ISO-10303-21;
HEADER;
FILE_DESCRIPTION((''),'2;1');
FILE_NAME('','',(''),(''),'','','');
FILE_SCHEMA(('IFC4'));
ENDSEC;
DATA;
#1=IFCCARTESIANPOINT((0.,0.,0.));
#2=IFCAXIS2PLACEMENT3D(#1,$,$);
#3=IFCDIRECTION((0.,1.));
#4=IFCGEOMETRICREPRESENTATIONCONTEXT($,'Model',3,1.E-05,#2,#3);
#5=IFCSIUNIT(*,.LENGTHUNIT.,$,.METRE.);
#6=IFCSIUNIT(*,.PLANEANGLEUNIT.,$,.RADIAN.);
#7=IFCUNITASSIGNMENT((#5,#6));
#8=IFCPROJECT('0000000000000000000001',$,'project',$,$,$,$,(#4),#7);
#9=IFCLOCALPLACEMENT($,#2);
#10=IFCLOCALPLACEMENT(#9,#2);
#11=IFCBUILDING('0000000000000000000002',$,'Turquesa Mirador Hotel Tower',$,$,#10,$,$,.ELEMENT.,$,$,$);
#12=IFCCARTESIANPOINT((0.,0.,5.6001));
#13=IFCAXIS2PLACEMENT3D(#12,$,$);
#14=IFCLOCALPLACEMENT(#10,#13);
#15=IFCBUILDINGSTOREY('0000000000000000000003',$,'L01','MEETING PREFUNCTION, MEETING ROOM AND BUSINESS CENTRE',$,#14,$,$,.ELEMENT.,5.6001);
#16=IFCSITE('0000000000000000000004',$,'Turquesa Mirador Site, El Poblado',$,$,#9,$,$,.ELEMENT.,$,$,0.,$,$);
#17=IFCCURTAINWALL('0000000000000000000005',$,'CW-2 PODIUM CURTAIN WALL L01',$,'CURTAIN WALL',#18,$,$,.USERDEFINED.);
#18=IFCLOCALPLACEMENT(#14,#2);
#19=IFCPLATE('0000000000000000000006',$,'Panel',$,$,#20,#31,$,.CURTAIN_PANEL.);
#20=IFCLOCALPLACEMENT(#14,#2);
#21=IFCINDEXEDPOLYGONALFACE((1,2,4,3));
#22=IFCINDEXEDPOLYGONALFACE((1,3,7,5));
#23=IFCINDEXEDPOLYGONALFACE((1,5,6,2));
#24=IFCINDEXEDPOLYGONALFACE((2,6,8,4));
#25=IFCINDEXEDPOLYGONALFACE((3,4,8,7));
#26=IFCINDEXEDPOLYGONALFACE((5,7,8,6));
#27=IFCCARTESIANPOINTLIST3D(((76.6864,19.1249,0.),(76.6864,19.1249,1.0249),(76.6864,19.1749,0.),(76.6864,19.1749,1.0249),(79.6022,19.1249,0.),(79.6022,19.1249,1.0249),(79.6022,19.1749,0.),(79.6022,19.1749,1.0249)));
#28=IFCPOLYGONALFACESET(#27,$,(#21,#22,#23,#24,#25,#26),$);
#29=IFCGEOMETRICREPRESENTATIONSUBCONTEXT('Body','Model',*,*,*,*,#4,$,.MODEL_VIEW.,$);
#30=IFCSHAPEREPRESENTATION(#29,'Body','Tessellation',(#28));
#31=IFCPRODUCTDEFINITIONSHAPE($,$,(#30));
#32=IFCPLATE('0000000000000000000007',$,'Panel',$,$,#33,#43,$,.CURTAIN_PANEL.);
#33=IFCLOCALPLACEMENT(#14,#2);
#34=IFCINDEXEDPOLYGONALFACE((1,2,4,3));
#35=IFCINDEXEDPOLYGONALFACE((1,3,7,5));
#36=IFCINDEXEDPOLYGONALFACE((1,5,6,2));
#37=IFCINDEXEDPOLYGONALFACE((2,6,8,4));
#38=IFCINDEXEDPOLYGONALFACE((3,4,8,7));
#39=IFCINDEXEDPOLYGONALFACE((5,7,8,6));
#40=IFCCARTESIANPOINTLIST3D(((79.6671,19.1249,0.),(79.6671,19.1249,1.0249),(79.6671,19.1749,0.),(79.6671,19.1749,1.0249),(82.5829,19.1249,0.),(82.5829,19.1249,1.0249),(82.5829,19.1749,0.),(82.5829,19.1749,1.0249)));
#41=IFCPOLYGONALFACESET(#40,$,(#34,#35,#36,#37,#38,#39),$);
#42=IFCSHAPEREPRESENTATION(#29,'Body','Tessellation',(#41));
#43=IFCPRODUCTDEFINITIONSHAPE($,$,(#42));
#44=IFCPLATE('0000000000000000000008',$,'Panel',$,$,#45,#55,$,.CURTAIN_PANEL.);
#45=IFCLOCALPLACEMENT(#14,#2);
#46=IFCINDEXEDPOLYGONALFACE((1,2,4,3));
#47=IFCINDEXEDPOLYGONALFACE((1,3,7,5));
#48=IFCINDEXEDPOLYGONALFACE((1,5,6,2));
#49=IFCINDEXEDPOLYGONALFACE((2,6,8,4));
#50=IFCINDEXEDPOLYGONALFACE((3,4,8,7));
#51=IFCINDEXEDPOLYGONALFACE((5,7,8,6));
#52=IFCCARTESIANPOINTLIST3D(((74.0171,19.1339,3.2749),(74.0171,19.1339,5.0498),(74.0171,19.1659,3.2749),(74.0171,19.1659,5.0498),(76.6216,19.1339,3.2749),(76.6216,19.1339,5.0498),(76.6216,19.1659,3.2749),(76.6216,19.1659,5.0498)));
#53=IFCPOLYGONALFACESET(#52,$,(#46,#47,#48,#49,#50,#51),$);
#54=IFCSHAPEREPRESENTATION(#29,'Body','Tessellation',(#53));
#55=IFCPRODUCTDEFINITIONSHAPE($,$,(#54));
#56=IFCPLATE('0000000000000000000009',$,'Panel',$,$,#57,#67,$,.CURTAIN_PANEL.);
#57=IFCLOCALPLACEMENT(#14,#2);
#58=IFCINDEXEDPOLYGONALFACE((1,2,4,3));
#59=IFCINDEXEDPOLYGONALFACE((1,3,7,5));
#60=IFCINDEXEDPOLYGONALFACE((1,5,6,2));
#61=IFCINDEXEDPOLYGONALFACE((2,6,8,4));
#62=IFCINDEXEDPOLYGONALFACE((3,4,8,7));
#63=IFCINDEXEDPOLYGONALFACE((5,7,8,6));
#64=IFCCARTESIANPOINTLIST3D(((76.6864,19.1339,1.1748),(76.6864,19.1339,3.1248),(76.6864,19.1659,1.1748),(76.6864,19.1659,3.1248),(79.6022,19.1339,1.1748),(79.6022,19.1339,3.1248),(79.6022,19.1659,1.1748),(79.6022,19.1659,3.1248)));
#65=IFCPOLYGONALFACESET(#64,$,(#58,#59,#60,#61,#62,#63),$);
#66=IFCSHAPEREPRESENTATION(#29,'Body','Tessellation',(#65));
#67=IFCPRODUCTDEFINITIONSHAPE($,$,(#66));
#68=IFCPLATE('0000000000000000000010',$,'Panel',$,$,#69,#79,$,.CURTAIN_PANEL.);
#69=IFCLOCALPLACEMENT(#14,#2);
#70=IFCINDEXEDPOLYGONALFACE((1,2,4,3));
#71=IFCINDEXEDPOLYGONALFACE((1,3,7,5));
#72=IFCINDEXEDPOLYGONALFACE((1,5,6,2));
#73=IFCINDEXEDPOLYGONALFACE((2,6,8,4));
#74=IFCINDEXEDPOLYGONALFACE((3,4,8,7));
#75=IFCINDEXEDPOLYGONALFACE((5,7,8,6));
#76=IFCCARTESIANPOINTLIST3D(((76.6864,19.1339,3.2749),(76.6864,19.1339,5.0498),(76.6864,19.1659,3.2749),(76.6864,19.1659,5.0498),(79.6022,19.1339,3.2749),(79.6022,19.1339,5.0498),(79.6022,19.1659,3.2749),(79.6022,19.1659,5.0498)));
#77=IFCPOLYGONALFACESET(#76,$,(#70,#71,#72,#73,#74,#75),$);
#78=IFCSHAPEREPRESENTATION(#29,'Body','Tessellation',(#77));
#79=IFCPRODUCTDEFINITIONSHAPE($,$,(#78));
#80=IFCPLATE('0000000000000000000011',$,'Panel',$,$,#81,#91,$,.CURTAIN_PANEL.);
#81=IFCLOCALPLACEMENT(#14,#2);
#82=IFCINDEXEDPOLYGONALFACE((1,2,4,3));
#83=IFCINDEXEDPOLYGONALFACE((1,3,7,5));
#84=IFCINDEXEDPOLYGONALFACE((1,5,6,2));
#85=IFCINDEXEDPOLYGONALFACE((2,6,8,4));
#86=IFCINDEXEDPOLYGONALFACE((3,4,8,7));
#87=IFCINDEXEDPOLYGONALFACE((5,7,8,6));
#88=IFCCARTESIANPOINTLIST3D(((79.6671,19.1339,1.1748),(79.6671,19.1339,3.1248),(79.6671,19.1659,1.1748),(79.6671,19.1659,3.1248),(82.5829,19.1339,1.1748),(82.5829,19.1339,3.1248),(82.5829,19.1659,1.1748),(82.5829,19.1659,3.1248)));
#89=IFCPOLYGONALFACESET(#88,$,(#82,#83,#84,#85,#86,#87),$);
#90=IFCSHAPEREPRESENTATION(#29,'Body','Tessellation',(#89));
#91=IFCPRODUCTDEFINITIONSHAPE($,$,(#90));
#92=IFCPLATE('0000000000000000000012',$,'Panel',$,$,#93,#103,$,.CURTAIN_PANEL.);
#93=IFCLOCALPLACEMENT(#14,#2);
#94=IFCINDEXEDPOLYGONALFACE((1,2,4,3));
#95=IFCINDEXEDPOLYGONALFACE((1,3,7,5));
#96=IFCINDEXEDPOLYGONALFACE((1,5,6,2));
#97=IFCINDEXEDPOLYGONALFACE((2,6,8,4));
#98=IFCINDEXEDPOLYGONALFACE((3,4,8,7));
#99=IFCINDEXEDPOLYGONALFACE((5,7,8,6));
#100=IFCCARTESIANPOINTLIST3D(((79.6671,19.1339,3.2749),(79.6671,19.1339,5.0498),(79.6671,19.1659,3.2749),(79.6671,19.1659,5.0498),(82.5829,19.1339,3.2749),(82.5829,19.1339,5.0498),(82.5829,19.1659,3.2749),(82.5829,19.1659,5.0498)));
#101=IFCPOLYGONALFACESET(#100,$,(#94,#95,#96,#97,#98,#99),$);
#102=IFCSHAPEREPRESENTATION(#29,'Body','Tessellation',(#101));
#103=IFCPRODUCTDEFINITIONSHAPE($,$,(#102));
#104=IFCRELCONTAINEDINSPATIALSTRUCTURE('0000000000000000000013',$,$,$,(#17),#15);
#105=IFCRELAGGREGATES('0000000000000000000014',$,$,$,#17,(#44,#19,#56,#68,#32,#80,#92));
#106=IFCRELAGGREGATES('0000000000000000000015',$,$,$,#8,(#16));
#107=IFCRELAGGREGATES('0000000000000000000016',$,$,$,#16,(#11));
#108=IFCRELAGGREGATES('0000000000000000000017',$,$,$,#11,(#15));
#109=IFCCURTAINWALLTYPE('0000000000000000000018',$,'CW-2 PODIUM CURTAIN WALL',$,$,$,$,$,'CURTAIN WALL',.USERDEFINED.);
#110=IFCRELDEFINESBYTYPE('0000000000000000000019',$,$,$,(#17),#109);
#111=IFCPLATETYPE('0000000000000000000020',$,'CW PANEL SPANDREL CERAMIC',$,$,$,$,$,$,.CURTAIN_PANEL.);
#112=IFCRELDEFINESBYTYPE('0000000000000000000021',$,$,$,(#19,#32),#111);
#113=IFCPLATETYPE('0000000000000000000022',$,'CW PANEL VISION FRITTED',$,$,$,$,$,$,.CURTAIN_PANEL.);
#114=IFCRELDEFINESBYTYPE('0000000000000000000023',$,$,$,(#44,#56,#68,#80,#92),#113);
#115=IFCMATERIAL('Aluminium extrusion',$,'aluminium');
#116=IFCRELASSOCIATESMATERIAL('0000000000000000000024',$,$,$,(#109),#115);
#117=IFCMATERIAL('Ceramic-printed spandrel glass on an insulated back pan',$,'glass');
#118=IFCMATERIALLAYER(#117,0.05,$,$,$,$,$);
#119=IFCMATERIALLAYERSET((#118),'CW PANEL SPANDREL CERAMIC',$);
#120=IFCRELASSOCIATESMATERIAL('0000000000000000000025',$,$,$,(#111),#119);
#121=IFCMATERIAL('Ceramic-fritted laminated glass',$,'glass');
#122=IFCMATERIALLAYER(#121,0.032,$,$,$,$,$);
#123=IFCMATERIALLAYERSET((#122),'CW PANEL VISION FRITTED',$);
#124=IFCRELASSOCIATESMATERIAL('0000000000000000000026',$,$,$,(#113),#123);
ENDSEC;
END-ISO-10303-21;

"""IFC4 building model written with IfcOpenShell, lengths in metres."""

from ifc_helpers import new_model, si_unit, direction, frame, origin, origin_2d, place, context, subcontext, project, spatial, rectangle, extrude, material, layer, layer_set, type_object, element, aggregate, save


model = new_model("IFC4")

# Units and contexts
model_context = context("Model", 3, precision=1e-05, world=origin(), true_north=direction((0.0, 1.0)))
body_context = subcontext(model_context, "Body", "Model", "MODEL_VIEW")
ifc_project = project(units=[si_unit("LENGTHUNIT", "METRE"), si_unit("PLANEANGLEUNIT", "RADIAN")], contexts=[model_context])

# Site, building, storey
site_placement = place(None, origin())
site = spatial("IfcSite", under=ifc_project, at=site_placement, Name="Turquesa Mirador Site, El Poblado", CompositionType="ELEMENT", RefElevation=0.0)
building_placement = place(site_placement, origin())
building = spatial("IfcBuilding", under=site, at=building_placement, Name="Turquesa Mirador Hotel Tower", CompositionType="ELEMENT")
storey_placement = place(building_placement, frame((0.0, 0.0, 5.6001)))
storey = spatial("IfcBuildingStorey", under=building, at=storey_placement, Name="L01", Description="MEETING PREFUNCTION, MEETING ROOM AND BUSINESS CENTRE", CompositionType="ELEMENT", Elevation=5.6001)

# Curtain wall
ifc_material_1 = material(Name="Aluminium extrusion", Category="aluminium")
curtain_wall_type = type_object("IfcCurtainWallType", Name="CW-2 PODIUM CURTAIN WALL", ElementType="CURTAIN WALL", PredefinedType="USERDEFINED", material=ifc_material_1)
curtain_wall_1_placement = place(storey_placement, origin())
curtain_wall_1 = element("IfcCurtainWall", 1, at=curtain_wall_1_placement, inside=storey, type_object=curtain_wall_type, Name="CW-2 PODIUM CURTAIN WALL L01", ObjectType="CURTAIN WALL", PredefinedType="USERDEFINED")

# Plates
ifc_material_2 = material(Name="Ceramic-printed spandrel glass on an insulated back pan", Category="glass")
ifc_layer_1 = layer(ifc_material_2, 0.05)
ifc_layer_set_1 = layer_set([ifc_layer_1], Name="CW PANEL SPANDREL CERAMIC")
plate_type_1 = type_object("IfcPlateType", Name="CW PANEL SPANDREL CERAMIC", PredefinedType="CURTAIN_PANEL", material=ifc_layer_set_1)
plate_1_placement = place(storey_placement, frame((78.1443, 19.1499, 0.0), z_axis=(0.0, 0.0, 1.0), x_axis=(1.0, 0.0, 0.0)))
plate_1 = element("IfcPlate", 2, at=plate_1_placement, type_object=plate_type_1, Name="Panel", PredefinedType="CURTAIN_PANEL", context=body_context, shape_type="SweptSolid", body=[
    extrude(rectangle(XDim=2.9158, YDim=0.05, at=origin_2d()), origin(), (0.0, 0.0, 1.0), 1.0249),
])
plate_2_placement = place(storey_placement, frame((81.125, 19.1499, 0.0), z_axis=(0.0, 0.0, 1.0), x_axis=(1.0, 0.0, 0.0)))
plate_2 = element("IfcPlate", 3, at=plate_2_placement, type_object=plate_type_1, Name="Panel", PredefinedType="CURTAIN_PANEL", context=body_context, shape_type="SweptSolid", body=[
    extrude(rectangle(XDim=2.9158, YDim=0.05, at=origin_2d()), origin(), (0.0, 0.0, 1.0), 1.0249),
])
ifc_material_3 = material(Name="Ceramic-fritted laminated glass", Category="glass")
ifc_layer_2 = layer(ifc_material_3, 0.032)
ifc_layer_set_2 = layer_set([ifc_layer_2], Name="CW PANEL VISION FRITTED")
plate_type_2 = type_object("IfcPlateType", Name="CW PANEL VISION FRITTED", PredefinedType="CURTAIN_PANEL", material=ifc_layer_set_2)
plate_3_placement = place(storey_placement, frame((75.3193, 19.1499, 3.2749), z_axis=(0.0, 0.0, 1.0), x_axis=(1.0, 0.0, 0.0)))
plate_3 = element("IfcPlate", 4, at=plate_3_placement, type_object=plate_type_2, Name="Panel", PredefinedType="CURTAIN_PANEL", context=body_context, shape_type="SweptSolid", body=[
    extrude(rectangle(XDim=2.6045, YDim=0.032, at=origin_2d()), origin(), (0.0, 0.0, 1.0), 1.7749),
])
plate_4_placement = place(storey_placement, frame((78.1443, 19.1499, 1.1748), z_axis=(0.0, 0.0, 1.0), x_axis=(1.0, 0.0, 0.0)))
plate_4 = element("IfcPlate", 5, at=plate_4_placement, type_object=plate_type_2, Name="Panel", PredefinedType="CURTAIN_PANEL", context=body_context, shape_type="SweptSolid", body=[
    extrude(rectangle(XDim=2.9158, YDim=0.032, at=origin_2d()), origin(), (0.0, 0.0, 1.0), 1.95),
])
plate_5_placement = place(storey_placement, frame((78.1443, 19.1499, 3.2749), z_axis=(0.0, 0.0, 1.0), x_axis=(1.0, 0.0, 0.0)))
plate_5 = element("IfcPlate", 6, at=plate_5_placement, type_object=plate_type_2, Name="Panel", PredefinedType="CURTAIN_PANEL", context=body_context, shape_type="SweptSolid", body=[
    extrude(rectangle(XDim=2.9158, YDim=0.032, at=origin_2d()), origin(), (0.0, 0.0, 1.0), 1.7749),
])
plate_6_placement = place(storey_placement, frame((81.125, 19.1499, 1.1748), z_axis=(0.0, 0.0, 1.0), x_axis=(1.0, 0.0, 0.0)))
plate_6 = element("IfcPlate", 7, at=plate_6_placement, type_object=plate_type_2, Name="Panel", PredefinedType="CURTAIN_PANEL", context=body_context, shape_type="SweptSolid", body=[
    extrude(rectangle(XDim=2.9158, YDim=0.032, at=origin_2d()), origin(), (0.0, 0.0, 1.0), 1.95),
])
plate_7_placement = place(storey_placement, frame((81.125, 19.1499, 3.2749), z_axis=(0.0, 0.0, 1.0), x_axis=(1.0, 0.0, 0.0)))
plate_7 = element("IfcPlate", 8, at=plate_7_placement, type_object=plate_type_2, Name="Panel", PredefinedType="CURTAIN_PANEL", context=body_context, shape_type="SweptSolid", body=[
    extrude(rectangle(XDim=2.9158, YDim=0.032, at=origin_2d()), origin(), (0.0, 0.0, 1.0), 1.7749),
])
aggregate(curtain_wall_1, [plate_3, plate_1, plate_4, plate_5, plate_2, plate_6, plate_7])

save(model, "model.ifc")
